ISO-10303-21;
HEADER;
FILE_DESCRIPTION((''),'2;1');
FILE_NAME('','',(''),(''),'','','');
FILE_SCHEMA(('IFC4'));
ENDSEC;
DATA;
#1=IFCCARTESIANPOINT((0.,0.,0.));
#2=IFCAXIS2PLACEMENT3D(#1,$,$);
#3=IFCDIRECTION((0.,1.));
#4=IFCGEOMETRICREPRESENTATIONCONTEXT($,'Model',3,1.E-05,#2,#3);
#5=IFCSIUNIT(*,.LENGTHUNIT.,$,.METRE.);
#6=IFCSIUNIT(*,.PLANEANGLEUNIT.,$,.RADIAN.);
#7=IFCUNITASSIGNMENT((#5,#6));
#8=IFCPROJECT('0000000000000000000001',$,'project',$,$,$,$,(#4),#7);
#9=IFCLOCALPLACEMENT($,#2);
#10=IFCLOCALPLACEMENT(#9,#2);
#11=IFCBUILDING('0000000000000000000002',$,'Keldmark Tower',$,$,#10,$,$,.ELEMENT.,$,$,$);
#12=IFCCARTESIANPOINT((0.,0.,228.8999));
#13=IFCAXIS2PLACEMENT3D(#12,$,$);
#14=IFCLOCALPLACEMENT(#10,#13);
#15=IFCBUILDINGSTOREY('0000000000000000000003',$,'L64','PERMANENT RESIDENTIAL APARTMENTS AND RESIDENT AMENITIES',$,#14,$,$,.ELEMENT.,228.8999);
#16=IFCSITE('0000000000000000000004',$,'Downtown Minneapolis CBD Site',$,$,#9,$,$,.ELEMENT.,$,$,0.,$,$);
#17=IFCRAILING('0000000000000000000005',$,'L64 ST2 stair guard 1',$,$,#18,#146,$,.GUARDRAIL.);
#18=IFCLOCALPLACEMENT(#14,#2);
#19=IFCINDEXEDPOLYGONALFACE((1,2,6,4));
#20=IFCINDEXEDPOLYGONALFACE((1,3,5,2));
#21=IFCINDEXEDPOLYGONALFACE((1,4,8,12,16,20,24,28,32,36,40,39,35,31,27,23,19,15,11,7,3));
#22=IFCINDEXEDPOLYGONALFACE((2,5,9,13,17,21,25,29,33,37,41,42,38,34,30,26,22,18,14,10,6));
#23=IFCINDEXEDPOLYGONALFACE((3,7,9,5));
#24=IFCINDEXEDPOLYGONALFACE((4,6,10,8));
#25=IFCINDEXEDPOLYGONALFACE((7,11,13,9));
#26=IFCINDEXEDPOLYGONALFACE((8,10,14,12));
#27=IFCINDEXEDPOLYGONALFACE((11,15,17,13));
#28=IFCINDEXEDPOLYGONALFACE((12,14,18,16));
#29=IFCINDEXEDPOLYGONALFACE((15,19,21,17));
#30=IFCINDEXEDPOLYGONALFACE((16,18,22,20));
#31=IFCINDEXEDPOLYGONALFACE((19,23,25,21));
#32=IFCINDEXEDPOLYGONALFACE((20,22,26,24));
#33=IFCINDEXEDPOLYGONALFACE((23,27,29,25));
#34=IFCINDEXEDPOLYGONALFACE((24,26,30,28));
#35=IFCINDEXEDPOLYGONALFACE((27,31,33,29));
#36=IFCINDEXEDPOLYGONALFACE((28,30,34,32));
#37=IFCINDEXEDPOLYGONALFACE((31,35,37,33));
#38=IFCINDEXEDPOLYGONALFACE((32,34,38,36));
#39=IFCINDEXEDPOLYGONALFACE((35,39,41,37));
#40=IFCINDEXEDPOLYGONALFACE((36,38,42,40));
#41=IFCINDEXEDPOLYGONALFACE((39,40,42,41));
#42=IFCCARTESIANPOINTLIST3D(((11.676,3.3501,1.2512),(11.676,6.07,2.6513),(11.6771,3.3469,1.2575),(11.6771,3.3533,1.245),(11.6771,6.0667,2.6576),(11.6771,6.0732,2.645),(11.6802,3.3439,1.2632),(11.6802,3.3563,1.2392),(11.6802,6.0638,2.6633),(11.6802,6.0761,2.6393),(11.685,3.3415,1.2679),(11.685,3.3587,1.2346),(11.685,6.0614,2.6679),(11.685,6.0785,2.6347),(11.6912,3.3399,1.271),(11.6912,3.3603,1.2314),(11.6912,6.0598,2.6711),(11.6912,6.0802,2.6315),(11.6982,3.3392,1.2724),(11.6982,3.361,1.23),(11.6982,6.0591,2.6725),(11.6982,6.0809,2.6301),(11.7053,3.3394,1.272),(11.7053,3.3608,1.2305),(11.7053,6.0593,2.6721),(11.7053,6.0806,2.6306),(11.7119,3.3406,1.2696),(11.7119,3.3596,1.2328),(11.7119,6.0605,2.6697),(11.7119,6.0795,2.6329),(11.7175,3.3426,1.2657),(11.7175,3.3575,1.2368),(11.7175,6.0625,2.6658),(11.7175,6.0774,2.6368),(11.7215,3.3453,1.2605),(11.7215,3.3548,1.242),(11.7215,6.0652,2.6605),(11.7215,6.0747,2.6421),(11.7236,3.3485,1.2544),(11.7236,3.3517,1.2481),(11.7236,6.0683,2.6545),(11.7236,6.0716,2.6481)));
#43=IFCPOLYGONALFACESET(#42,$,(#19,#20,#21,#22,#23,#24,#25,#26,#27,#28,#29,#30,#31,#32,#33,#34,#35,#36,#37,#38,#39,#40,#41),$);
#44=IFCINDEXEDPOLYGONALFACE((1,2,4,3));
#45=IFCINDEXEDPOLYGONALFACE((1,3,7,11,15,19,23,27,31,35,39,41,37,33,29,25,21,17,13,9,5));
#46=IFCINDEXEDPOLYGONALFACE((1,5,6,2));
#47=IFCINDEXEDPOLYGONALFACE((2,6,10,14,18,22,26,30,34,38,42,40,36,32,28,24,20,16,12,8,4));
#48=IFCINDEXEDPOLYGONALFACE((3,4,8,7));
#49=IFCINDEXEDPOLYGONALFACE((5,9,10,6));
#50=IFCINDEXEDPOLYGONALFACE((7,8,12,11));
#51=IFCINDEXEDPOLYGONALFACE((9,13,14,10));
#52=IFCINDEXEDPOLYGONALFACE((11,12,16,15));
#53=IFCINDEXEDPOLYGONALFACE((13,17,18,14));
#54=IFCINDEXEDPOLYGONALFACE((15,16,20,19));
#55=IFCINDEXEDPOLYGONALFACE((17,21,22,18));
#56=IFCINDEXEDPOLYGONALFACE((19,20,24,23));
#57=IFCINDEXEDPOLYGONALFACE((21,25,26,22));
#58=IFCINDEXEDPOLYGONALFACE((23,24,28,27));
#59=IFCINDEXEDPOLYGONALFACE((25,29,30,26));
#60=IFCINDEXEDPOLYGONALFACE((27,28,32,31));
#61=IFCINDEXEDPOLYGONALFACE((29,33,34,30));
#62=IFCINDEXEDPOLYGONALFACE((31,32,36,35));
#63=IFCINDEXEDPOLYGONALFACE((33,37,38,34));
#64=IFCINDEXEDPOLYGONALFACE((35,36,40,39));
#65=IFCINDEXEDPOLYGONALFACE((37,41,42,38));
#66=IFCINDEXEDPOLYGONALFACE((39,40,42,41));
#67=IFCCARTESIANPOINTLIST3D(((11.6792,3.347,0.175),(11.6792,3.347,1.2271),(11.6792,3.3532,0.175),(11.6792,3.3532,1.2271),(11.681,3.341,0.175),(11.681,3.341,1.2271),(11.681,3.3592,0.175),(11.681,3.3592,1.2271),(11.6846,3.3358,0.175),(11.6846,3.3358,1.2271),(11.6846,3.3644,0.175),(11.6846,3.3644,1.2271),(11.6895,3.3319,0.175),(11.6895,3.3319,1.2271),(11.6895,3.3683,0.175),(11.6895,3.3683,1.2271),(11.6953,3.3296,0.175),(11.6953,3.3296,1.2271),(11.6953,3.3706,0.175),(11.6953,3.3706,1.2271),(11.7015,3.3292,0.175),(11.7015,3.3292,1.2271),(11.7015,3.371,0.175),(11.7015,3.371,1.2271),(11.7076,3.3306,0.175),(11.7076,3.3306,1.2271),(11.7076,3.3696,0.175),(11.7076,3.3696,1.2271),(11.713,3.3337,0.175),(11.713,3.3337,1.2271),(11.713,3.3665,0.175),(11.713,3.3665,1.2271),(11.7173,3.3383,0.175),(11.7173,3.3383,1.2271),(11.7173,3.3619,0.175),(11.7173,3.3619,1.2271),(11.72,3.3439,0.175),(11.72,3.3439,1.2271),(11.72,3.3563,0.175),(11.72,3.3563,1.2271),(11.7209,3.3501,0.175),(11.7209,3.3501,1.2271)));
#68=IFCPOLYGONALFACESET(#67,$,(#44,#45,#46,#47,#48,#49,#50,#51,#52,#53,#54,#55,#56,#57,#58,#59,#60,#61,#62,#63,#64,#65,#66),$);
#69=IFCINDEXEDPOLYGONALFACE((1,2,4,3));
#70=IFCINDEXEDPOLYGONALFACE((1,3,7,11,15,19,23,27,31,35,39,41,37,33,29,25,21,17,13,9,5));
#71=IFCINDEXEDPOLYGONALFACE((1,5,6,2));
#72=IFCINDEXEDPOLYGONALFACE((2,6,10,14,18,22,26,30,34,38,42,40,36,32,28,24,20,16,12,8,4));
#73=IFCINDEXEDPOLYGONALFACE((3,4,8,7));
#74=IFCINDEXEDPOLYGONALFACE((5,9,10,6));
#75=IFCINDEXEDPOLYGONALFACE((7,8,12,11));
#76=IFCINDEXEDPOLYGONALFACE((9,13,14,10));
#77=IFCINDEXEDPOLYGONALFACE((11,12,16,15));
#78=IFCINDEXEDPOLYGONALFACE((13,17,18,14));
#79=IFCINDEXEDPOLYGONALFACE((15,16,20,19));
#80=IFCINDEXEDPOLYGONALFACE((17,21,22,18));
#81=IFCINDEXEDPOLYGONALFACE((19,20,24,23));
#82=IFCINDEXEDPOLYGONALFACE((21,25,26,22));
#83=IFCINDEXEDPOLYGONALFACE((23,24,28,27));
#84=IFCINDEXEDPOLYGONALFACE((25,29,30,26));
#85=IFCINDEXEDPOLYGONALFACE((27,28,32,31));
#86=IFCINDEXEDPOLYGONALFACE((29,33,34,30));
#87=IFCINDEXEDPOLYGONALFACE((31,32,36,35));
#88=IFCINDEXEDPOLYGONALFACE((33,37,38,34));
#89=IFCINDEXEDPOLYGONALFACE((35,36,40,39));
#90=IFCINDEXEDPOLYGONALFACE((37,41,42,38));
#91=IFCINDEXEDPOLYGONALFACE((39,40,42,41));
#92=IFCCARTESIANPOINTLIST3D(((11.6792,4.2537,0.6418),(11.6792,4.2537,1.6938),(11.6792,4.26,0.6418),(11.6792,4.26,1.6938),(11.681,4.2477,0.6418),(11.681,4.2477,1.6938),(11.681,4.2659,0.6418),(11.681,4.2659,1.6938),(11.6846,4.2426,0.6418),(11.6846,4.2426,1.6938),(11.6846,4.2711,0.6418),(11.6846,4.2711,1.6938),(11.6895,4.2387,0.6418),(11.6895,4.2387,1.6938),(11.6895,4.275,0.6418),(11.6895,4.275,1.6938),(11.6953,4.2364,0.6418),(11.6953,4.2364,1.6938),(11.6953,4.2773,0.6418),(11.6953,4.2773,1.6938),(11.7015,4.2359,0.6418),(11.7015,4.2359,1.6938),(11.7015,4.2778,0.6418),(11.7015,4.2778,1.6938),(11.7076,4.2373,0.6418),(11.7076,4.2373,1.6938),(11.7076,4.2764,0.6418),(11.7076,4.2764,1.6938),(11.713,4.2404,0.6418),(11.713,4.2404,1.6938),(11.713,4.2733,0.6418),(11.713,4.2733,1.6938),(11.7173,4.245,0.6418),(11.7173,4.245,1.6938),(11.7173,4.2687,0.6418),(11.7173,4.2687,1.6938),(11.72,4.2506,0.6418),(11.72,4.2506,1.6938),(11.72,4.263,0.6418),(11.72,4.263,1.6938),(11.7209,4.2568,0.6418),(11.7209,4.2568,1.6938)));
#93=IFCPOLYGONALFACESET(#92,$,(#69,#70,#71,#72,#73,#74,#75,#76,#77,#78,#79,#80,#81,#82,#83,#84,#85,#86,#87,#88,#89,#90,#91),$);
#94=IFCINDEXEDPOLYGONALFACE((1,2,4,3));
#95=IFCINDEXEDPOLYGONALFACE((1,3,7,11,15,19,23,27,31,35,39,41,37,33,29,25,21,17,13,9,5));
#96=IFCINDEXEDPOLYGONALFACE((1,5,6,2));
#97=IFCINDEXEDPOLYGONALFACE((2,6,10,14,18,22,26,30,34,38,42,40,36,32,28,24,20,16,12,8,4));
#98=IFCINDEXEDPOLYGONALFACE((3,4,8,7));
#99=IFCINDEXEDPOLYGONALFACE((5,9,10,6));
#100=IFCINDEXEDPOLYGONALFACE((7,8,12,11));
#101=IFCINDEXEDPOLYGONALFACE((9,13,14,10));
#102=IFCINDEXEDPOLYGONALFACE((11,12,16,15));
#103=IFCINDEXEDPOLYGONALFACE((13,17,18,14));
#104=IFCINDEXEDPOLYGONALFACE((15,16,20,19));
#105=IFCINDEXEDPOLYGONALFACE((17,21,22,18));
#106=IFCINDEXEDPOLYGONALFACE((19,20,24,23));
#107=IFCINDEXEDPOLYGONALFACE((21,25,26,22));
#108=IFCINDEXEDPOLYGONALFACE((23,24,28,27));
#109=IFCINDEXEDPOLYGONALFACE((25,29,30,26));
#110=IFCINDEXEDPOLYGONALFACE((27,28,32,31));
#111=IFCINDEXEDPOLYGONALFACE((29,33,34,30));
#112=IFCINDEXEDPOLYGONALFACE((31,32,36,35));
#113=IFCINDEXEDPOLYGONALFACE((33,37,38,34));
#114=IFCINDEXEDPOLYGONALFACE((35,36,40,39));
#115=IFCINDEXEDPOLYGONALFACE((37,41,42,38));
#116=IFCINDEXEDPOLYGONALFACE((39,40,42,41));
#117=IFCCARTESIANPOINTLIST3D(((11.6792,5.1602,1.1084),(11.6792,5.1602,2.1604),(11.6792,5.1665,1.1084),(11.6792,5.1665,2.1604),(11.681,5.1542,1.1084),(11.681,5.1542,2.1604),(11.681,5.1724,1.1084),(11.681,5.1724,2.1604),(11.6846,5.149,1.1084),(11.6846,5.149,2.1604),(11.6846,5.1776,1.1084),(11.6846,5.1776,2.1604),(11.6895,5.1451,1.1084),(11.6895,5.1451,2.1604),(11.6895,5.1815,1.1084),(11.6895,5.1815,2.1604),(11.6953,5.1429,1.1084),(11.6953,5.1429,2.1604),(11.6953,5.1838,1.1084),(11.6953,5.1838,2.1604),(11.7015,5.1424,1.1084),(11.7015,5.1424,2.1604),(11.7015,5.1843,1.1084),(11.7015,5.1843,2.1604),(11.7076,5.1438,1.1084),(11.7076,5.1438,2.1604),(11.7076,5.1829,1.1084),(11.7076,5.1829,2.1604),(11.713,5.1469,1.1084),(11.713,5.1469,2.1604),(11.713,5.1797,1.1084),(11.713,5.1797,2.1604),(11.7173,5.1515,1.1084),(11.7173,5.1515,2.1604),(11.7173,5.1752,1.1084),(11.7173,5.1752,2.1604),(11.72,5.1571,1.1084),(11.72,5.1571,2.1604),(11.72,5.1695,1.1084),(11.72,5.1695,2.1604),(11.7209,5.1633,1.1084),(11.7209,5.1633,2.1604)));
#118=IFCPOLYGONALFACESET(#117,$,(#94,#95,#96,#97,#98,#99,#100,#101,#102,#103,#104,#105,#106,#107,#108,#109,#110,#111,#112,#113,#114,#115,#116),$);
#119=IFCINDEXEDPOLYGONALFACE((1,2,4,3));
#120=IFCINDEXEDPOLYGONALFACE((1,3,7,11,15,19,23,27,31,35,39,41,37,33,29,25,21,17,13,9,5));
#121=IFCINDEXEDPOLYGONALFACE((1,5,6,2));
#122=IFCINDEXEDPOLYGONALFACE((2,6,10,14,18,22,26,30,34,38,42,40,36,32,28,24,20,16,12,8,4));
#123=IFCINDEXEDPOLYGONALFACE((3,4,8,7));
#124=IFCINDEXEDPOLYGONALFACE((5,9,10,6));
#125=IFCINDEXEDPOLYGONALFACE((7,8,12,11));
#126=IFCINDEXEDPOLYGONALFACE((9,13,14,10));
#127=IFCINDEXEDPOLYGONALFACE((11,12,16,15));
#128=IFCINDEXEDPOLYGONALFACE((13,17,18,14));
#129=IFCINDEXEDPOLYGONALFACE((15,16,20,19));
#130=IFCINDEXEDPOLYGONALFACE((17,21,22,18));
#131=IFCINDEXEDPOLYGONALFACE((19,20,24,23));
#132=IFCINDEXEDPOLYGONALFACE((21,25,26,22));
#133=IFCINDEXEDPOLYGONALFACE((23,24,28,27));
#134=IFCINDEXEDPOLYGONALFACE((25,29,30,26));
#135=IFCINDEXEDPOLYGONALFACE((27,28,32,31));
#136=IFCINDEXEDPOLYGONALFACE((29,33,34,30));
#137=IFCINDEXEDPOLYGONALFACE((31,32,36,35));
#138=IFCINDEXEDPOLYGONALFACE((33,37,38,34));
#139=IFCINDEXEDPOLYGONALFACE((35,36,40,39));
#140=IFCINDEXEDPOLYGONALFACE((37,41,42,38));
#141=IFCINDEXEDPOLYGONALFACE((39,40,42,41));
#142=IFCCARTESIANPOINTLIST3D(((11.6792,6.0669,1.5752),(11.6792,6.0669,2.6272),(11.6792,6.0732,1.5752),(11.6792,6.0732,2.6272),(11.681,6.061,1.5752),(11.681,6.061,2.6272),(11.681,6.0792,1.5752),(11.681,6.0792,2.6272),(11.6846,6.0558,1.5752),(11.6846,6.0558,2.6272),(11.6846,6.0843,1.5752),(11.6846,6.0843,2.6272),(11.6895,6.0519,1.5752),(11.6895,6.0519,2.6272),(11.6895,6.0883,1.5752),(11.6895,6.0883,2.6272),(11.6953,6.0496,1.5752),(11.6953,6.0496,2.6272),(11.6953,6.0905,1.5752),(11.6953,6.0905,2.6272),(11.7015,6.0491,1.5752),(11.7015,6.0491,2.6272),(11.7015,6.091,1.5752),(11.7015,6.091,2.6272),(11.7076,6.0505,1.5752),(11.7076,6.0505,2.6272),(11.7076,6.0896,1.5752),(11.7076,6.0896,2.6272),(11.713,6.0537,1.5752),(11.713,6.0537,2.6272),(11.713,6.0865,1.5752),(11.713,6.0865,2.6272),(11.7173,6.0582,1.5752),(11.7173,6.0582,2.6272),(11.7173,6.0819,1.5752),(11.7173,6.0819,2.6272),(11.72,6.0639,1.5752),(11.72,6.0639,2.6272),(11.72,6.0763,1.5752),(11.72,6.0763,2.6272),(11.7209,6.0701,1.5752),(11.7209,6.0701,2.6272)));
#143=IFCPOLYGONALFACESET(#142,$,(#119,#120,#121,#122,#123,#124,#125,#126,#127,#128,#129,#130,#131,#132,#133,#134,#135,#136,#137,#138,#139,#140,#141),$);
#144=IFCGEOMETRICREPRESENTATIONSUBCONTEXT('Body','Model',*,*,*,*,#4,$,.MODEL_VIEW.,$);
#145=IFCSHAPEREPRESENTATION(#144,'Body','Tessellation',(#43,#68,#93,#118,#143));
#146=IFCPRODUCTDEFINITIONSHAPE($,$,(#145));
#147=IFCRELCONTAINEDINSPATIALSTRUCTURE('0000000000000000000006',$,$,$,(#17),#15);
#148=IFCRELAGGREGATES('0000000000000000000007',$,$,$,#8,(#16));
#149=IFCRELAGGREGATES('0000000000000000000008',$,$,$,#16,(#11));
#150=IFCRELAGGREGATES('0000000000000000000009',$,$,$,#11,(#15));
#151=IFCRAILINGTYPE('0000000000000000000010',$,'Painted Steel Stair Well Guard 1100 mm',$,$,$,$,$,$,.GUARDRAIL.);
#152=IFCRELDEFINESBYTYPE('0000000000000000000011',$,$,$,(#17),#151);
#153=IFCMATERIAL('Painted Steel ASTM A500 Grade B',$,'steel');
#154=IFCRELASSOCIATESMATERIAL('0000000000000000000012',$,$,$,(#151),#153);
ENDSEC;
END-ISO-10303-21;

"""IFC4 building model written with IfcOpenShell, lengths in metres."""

from ifc_helpers import new_model, si_unit, direction, frame, origin, origin_2d, place, context, subcontext, project, spatial, circle, extrude, material, type_object, element, save


model = new_model("IFC4")

# Units and contexts
model_context = context("Model", 3, precision=1e-05, world=origin(), true_north=direction((0.0, 1.0)))
body_context = subcontext(model_context, "Body", "Model", "MODEL_VIEW")
ifc_project = project(units=[si_unit("LENGTHUNIT", "METRE"), si_unit("PLANEANGLEUNIT", "RADIAN")], contexts=[model_context])

# Site, building, storey
site_placement = place(None, origin())
site = spatial("IfcSite", under=ifc_project, at=site_placement, Name="Downtown Minneapolis CBD Site", CompositionType="ELEMENT", RefElevation=0.0)
building_placement = place(site_placement, origin())
building = spatial("IfcBuilding", under=site, at=building_placement, Name="Keldmark Tower", CompositionType="ELEMENT")
storey_placement = place(building_placement, frame((0.0, 0.0, 228.8999)))
storey = spatial("IfcBuildingStorey", under=building, at=storey_placement, Name="L64", Description="PERMANENT RESIDENTIAL APARTMENTS AND RESIDENT AMENITIES", CompositionType="ELEMENT", Elevation=228.8999)

# Railing
ifc_material_1 = material(Name="Painted Steel ASTM A500 Grade B", Category="steel")
railing_type_1 = type_object("IfcRailingType", Name="Painted Steel Stair Well Guard 1100 mm", PredefinedType="GUARDRAIL", material=ifc_material_1)
railing_1_placement = place(storey_placement, frame((11.7, 3.3501, 0.175)))
element("IfcRailing", 1, at=railing_1_placement, inside=storey, type_object=railing_type_1, Name="L64 ST2 stair guard 1", PredefinedType="GUARDRAIL", context=body_context, shape_type="SweptSolid", body=[
    extrude(circle(Radius=0.0239, at=origin_2d()), frame((0.0, 0.0, 1.0762), z_axis=(0.0, 0.889114, 0.457685), x_axis=(-1.0, 0.0, 0.0)), (0.0, 0.0, 1.0), 3.0591),
    extrude(circle(Radius=0.021, at=origin_2d()), origin(), (0.0, 0.0, 1.0), 1.052),
    extrude(circle(Radius=0.021, at=origin_2d()), frame((0.0, 0.9067, 0.4668)), (0.0, 0.0, 1.0), 1.052),
    extrude(circle(Radius=0.021, at=origin_2d()), frame((0.0, 1.8132, 0.9333)), (0.0, 0.0, 1.0), 1.052),
    extrude(circle(Radius=0.021, at=origin_2d()), frame((0.0, 2.72, 1.4001)), (0.0, 0.0, 1.0), 1.052),
])

save(model, "model.ifc")
